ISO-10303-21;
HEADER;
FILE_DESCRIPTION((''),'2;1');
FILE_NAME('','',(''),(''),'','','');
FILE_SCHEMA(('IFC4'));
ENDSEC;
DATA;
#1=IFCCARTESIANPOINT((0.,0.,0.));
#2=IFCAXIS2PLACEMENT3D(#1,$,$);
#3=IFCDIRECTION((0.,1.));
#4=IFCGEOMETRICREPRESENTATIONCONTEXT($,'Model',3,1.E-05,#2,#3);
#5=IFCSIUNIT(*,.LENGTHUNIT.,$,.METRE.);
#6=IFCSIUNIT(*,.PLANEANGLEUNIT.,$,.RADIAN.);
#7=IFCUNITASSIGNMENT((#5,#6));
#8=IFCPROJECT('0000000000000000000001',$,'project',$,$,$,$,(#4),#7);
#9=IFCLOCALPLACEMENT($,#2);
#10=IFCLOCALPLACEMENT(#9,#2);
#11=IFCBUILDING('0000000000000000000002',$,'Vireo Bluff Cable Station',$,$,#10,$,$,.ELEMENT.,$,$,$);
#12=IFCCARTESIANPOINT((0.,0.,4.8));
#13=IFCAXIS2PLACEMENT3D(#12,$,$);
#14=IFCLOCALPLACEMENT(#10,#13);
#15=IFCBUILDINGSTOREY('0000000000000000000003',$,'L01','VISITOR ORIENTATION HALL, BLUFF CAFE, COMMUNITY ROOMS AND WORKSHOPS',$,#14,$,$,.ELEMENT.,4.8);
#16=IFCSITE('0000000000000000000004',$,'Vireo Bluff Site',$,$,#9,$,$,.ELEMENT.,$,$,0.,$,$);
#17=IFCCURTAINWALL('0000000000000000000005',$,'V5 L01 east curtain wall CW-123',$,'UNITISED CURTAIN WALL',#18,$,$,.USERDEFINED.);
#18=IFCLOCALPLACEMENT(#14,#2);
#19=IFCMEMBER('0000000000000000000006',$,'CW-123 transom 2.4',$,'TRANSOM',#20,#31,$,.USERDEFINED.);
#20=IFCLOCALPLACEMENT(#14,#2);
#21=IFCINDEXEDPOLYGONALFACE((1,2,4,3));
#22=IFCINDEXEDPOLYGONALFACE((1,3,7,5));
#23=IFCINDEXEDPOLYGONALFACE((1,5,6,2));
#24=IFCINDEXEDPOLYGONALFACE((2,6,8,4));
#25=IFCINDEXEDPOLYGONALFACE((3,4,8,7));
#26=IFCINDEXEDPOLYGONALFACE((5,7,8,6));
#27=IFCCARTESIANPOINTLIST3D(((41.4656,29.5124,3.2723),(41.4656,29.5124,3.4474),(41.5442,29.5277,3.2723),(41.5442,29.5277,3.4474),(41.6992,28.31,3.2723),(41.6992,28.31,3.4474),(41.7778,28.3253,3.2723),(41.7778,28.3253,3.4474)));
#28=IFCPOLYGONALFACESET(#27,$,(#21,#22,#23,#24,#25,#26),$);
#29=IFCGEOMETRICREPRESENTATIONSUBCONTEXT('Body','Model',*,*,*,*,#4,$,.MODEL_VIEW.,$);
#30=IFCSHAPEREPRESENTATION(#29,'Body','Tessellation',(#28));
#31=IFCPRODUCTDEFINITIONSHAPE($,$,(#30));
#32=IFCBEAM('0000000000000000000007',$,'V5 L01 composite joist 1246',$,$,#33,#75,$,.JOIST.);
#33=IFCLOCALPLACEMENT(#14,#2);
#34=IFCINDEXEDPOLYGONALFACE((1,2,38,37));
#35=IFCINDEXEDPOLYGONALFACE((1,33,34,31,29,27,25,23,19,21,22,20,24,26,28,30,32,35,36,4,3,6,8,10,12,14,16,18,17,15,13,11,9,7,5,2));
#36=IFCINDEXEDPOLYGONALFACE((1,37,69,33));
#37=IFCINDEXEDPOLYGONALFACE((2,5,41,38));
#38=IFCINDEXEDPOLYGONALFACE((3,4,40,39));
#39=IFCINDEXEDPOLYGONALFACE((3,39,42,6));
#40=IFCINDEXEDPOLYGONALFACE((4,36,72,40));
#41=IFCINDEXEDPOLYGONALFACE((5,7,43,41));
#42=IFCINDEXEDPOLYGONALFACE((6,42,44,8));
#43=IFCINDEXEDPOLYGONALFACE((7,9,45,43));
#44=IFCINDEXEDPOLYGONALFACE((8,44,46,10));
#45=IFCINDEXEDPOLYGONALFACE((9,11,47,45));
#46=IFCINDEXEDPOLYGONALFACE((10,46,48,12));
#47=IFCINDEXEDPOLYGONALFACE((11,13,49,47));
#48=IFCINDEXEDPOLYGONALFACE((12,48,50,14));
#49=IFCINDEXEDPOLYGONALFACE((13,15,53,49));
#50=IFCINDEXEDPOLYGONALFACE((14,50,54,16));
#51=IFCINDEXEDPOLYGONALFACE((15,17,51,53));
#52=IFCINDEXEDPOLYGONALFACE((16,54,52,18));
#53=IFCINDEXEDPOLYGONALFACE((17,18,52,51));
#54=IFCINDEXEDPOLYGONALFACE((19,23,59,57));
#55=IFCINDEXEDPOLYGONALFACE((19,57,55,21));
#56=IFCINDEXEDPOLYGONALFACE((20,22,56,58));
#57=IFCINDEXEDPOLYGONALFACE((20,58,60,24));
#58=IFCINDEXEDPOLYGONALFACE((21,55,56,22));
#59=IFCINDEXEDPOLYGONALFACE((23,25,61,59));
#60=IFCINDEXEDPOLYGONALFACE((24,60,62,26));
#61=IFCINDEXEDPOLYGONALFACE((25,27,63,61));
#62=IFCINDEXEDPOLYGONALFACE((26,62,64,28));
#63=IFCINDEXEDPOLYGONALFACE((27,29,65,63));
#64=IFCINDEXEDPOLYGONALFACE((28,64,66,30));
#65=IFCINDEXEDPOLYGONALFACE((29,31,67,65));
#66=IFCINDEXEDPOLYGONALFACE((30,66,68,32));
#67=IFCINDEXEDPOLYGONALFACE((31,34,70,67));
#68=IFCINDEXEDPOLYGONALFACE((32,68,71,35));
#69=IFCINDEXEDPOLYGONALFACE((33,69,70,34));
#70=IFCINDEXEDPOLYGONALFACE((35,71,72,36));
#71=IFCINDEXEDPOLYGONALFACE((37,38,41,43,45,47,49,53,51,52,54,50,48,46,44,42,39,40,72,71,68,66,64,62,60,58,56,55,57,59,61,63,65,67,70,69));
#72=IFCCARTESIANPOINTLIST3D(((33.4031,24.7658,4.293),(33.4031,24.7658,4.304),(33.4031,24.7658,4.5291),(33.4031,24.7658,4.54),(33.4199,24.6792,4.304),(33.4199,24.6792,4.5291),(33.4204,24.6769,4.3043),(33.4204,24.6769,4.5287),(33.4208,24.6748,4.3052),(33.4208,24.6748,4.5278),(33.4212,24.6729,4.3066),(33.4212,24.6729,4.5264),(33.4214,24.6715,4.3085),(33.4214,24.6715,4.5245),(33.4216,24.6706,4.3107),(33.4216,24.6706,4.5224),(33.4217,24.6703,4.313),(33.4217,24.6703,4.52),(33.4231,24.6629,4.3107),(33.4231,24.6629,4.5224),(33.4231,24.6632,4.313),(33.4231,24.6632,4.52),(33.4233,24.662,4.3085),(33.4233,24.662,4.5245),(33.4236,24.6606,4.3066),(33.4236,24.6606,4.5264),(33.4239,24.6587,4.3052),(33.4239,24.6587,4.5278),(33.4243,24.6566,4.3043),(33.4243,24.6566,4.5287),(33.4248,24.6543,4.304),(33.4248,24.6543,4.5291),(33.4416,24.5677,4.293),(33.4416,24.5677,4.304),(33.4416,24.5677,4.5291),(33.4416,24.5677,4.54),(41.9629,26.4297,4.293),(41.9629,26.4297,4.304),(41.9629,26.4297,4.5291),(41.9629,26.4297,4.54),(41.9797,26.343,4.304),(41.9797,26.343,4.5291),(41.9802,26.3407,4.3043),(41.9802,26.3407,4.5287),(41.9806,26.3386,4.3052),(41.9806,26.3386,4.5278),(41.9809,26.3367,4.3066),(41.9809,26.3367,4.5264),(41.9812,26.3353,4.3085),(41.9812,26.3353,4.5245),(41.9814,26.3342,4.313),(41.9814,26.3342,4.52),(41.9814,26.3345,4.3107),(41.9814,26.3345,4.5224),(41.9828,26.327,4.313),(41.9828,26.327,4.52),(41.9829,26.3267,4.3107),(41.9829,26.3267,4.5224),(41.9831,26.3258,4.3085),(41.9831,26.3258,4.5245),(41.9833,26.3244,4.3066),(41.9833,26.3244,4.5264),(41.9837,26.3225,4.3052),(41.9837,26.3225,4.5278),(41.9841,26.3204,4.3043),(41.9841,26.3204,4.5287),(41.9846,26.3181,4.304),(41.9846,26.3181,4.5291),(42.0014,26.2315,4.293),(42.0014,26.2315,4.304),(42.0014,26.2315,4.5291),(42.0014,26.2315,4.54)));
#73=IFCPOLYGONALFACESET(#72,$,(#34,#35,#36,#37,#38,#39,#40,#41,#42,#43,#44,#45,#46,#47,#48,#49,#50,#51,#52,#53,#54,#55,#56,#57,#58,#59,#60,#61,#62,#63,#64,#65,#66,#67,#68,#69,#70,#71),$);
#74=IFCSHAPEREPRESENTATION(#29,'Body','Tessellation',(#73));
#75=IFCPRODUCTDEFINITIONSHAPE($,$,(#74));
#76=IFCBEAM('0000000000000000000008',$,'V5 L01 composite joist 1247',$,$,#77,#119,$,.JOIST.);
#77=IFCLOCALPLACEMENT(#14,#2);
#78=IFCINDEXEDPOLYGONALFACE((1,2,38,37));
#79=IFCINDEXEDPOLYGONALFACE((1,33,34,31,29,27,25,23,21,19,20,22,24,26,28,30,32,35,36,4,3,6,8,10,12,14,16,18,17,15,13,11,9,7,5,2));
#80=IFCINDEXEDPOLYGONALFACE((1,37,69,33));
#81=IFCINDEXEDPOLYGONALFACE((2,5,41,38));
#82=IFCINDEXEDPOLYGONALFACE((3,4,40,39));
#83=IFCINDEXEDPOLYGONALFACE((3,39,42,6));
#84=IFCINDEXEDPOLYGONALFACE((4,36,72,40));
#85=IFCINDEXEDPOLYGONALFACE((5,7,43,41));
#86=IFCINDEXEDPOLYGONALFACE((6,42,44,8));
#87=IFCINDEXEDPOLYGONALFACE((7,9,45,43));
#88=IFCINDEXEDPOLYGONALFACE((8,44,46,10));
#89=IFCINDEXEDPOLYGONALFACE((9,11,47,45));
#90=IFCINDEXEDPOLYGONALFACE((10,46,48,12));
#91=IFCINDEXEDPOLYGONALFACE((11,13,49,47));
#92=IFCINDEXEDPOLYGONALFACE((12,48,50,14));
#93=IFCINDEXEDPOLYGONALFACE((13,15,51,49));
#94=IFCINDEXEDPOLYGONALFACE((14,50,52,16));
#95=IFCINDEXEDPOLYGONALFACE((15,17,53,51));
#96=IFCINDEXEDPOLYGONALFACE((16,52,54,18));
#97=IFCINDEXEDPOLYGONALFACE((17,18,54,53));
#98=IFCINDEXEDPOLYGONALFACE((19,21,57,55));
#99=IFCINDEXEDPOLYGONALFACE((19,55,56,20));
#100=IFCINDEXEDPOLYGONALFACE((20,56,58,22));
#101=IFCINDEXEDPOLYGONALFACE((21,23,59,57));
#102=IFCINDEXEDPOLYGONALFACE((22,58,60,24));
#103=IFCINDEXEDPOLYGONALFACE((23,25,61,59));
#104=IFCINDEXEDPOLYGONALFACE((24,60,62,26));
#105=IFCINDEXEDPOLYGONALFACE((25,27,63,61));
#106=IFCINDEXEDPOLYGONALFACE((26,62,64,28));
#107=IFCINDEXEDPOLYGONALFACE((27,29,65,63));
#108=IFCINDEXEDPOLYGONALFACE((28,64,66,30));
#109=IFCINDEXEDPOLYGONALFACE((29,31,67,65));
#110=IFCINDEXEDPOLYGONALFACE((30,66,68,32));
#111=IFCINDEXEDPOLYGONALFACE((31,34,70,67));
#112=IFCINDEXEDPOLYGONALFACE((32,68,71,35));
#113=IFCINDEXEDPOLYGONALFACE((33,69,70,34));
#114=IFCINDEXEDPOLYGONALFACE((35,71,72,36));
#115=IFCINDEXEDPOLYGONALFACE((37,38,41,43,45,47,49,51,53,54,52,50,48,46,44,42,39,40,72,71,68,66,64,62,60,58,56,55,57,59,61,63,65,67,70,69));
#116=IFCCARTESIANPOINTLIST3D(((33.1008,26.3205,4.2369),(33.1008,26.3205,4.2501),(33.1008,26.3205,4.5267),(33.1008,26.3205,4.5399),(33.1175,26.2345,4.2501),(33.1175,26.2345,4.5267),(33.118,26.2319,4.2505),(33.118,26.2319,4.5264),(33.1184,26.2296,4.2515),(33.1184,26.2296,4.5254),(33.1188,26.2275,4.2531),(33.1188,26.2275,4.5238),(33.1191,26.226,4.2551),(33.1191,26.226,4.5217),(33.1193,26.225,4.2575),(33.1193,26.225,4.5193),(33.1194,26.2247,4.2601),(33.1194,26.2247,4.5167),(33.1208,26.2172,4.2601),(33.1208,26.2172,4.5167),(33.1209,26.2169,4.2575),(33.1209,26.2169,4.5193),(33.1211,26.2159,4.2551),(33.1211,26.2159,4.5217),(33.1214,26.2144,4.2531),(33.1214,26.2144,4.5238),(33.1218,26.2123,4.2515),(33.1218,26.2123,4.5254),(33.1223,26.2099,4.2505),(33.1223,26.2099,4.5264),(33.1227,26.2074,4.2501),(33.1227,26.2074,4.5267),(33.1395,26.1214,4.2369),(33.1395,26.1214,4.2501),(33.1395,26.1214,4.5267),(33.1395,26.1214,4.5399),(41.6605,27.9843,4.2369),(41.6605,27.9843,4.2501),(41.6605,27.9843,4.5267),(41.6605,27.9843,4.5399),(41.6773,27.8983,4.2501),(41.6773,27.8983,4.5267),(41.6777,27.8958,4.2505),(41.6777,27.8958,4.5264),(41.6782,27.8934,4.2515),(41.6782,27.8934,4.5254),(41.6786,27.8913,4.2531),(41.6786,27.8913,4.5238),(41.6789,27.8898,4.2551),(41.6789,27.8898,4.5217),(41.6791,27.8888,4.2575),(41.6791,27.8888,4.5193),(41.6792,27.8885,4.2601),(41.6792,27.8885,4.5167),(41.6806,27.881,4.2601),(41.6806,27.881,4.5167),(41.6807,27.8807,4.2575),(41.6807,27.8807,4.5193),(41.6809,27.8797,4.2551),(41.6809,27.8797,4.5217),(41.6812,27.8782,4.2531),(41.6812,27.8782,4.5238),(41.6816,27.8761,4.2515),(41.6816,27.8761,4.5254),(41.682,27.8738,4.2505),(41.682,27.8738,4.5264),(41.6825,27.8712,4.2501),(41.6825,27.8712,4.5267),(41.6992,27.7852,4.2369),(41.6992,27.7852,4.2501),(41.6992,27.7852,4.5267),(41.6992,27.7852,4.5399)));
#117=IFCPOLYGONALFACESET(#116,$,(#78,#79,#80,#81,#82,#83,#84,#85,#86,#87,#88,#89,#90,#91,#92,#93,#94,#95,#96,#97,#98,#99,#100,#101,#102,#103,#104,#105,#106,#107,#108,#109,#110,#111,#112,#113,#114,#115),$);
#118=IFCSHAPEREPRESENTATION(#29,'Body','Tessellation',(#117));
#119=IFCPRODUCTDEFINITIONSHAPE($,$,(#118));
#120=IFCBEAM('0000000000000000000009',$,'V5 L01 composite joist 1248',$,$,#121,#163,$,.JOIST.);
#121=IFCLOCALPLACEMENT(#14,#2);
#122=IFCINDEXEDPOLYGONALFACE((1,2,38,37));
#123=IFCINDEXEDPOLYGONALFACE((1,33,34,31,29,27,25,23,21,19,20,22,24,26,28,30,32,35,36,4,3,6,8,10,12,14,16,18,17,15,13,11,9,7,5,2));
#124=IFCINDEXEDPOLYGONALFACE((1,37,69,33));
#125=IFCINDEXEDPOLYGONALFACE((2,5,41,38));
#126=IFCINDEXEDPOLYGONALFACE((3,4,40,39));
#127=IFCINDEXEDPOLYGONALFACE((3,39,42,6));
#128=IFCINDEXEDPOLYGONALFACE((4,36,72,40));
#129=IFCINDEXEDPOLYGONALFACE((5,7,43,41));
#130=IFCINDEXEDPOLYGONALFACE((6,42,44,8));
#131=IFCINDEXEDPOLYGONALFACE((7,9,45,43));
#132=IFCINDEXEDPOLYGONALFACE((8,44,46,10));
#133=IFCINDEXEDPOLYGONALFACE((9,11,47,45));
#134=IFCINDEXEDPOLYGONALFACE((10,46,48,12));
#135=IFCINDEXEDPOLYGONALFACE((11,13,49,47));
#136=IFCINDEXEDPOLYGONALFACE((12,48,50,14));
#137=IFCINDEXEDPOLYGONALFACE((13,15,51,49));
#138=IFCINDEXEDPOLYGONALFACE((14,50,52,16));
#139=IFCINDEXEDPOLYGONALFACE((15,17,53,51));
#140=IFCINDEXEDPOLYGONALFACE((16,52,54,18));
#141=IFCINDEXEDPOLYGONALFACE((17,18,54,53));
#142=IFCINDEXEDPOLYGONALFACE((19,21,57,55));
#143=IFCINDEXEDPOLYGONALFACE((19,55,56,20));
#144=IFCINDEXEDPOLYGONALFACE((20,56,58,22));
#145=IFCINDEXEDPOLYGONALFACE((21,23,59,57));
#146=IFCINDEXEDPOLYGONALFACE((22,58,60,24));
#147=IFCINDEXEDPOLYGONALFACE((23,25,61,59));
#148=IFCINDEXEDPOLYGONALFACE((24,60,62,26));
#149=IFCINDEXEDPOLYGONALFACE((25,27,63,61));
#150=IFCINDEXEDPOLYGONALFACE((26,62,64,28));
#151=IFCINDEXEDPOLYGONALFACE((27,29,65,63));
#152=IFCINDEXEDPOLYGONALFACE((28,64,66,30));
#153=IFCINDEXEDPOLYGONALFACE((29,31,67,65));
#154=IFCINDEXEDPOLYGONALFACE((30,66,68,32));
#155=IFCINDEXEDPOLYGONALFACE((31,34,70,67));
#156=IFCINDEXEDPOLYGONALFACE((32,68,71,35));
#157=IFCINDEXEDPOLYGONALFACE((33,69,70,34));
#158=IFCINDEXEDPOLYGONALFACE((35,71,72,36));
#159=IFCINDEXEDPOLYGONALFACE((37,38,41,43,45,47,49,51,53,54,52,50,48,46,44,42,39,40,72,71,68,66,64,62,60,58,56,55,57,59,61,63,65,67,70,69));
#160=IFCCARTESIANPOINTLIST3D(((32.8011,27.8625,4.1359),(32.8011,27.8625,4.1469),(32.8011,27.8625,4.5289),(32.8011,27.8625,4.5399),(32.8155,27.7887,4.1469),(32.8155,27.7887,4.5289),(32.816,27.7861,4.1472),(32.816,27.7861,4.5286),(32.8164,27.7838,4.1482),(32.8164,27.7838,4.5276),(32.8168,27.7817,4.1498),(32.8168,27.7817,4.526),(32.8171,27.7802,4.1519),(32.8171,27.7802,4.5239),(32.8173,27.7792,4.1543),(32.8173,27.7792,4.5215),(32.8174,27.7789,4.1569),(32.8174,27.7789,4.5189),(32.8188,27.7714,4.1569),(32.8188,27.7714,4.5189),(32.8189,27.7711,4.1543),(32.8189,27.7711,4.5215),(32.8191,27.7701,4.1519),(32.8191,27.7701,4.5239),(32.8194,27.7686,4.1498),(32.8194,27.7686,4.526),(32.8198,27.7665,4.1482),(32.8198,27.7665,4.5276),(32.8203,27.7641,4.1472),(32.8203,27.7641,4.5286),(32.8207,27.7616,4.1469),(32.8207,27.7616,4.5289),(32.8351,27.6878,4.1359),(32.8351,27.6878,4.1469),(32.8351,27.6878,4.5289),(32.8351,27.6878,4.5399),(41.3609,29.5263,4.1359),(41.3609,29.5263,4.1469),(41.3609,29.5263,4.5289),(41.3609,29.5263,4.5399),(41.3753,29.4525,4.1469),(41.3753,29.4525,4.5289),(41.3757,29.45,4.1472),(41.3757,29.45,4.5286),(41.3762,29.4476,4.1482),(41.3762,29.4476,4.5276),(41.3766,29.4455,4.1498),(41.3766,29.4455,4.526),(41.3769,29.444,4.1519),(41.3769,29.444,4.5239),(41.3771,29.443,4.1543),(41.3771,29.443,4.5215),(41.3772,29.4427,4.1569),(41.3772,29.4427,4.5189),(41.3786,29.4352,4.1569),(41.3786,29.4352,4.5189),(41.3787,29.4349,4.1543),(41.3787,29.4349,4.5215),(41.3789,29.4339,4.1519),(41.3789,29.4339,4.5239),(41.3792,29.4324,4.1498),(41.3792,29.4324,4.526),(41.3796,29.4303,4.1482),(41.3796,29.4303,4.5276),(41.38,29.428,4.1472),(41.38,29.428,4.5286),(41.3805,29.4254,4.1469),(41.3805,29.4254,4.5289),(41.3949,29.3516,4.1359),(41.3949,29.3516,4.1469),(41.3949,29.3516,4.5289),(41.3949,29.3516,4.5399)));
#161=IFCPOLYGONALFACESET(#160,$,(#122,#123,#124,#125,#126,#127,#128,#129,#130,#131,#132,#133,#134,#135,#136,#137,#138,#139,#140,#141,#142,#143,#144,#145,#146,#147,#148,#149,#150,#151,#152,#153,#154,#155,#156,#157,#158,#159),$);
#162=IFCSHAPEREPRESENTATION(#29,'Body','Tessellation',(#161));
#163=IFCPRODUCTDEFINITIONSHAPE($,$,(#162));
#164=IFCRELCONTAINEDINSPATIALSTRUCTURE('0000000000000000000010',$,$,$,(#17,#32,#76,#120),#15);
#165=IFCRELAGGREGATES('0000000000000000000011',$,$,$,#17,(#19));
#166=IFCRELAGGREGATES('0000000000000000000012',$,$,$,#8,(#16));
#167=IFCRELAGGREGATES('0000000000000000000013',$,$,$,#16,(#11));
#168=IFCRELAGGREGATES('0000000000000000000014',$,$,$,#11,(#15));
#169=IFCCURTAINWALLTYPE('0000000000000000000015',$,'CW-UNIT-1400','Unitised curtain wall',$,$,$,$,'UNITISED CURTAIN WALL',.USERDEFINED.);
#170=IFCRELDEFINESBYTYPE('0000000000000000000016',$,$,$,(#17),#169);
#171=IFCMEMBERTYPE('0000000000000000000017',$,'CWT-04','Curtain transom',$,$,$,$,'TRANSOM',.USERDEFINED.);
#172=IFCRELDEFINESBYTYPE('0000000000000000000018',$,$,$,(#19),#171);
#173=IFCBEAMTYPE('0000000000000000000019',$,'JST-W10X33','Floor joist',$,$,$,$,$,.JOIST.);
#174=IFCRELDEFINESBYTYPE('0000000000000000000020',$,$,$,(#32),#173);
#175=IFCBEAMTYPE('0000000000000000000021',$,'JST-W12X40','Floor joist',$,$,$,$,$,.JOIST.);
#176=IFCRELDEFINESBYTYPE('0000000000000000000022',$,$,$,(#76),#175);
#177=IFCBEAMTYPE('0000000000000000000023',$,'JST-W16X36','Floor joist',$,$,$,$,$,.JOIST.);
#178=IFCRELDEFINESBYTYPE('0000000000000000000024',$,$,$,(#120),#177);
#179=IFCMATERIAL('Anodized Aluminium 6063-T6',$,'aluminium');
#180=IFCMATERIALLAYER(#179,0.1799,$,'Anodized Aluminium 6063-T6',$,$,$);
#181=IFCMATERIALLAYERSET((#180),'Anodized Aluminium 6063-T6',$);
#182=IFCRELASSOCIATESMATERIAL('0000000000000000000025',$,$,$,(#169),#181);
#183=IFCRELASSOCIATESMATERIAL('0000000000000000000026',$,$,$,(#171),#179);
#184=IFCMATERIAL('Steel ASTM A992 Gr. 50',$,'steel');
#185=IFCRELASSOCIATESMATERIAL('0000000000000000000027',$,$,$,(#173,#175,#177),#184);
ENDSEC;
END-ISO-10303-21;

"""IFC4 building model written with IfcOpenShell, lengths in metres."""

from ifc_helpers import new_model, si_unit, direction, frame, origin, origin_2d, place, context, subcontext, project, spatial, rectangle, i_section, extrude, material, layer, layer_set, material_profile, profile_set, type_object, element, aggregate, save


model = new_model("IFC4")

# Units and contexts
model_context = context("Model", 3, precision=1e-05, world=origin(), true_north=direction((0.0, 1.0)))
body_context = subcontext(model_context, "Body", "Model", "MODEL_VIEW")
ifc_project = project(units=[si_unit("LENGTHUNIT", "METRE"), si_unit("PLANEANGLEUNIT", "RADIAN")], contexts=[model_context])

# Site, building, storey
site_placement = place(None, origin())
site = spatial("IfcSite", under=ifc_project, at=site_placement, Name="Vireo Bluff Site", CompositionType="ELEMENT", RefElevation=0.0)
building_placement = place(site_placement, origin())
building = spatial("IfcBuilding", under=site, at=building_placement, Name="Vireo Bluff Cable Station", CompositionType="ELEMENT")
storey_placement = place(building_placement, frame((0.0, 0.0, 4.8)))
storey = spatial("IfcBuildingStorey", under=building, at=storey_placement, Name="L01", Description="VISITOR ORIENTATION HALL, BLUFF CAFE, COMMUNITY ROOMS AND WORKSHOPS", CompositionType="ELEMENT", Elevation=4.8)

# Shared definitions
ifc_material_1 = material(Name="Steel ASTM A992 Gr. 50", Category="steel")

# Curtain wall, member
ifc_material_2 = material(Name="Anodized Aluminium 6063-T6", Category="aluminium")
ifc_layer_1 = layer(ifc_material_2, 0.1799, Name="Anodized Aluminium 6063-T6")
ifc_layer_set_1 = layer_set([ifc_layer_1], Name="Anodized Aluminium 6063-T6")
curtain_wall_type = type_object("IfcCurtainWallType", Name="CW-UNIT-1400", Description="Unitised curtain wall", ElementType="UNITISED CURTAIN WALL", PredefinedType="USERDEFINED", material=ifc_layer_set_1)
curtain_wall_placement = place(storey_placement, origin())
curtain_wall = element("IfcCurtainWall", 1, at=curtain_wall_placement, inside=storey, type_object=curtain_wall_type, Name="V5 L01 east curtain wall CW-123", ObjectType="UNITISED CURTAIN WALL", PredefinedType="USERDEFINED")
ifc_material_profile_1 = material_profile(ifc_material_2, rectangle(XDim=0.0801, YDim=0.175, at=origin_2d()), Name="ALU-T-80X175")
ifc_profile_set_1 = profile_set([ifc_material_profile_1], Name="Anodized Aluminium 6063-T6")
member_type_1 = type_object("IfcMemberType", Name="CWT-04", Description="Curtain transom", ElementType="TRANSOM", PredefinedType="USERDEFINED", material=ifc_profile_set_1)
member_1_placement = place(storey_placement, frame((41.5049, 29.52, 3.3599), z_axis=(0.190747, -0.981639, 0.0), x_axis=(0.981639, 0.190747, 0.0)))
member_1 = element("IfcMember", 2, at=member_1_placement, type_object=member_type_1, Name="CW-123 transom 2.4", ObjectType="TRANSOM", PredefinedType="USERDEFINED", context=body_context, shape_type="SweptSolid", body=[
    extrude(rectangle(XDim=0.0801, YDim=0.175, at=origin_2d()), origin(), (0.0, 0.0, 1.0), 1.2249),
])

# Beams
ifc_material_profile_2 = material_profile(ifc_material_1, i_section(OverallWidth=0.2019, OverallDepth=0.2471, WebThickness=0.0073, FlangeThickness=0.011, FilletRadius=0.009, at=origin_2d()), Name="W10X33")
ifc_profile_set_2 = profile_set([ifc_material_profile_2], Name="Steel ASTM A992 Gr. 50")
beam_type_1 = type_object("IfcBeamType", Name="JST-W10X33", Description="Floor joist", PredefinedType="JOIST", material=ifc_profile_set_2)
beam_1_placement = place(storey_placement, frame((33.4224, 24.6667, 4.4165), z_axis=(0.981628, 0.190804, 0.0), x_axis=(-0.190804, 0.981628, 0.0)))
element("IfcBeam", 3, at=beam_1_placement, inside=storey, type_object=beam_type_1, Name="V5 L01 composite joist 1246", PredefinedType="JOIST", context=body_context, shape_type="SweptSolid", body=[
    extrude(i_section(OverallWidth=0.2019, OverallDepth=0.2471, WebThickness=0.0073, FlangeThickness=0.011, FilletRadius=0.009, at=origin_2d()), origin(), (0.0, 0.0, 1.0), 8.72),
])
ifc_material_profile_3 = material_profile(ifc_material_1, i_section(OverallWidth=0.2029, OverallDepth=0.303, WebThickness=0.0076, FlangeThickness=0.0132, FilletRadius=0.01, at=origin_2d()), Name="W12X40")
ifc_profile_set_3 = profile_set([ifc_material_profile_3], Name="Steel ASTM A992 Gr. 50")
beam_type_2 = type_object("IfcBeamType", Name="JST-W12X40", Description="Floor joist", PredefinedType="JOIST", material=ifc_profile_set_3)
beam_2_placement = place(storey_placement, frame((33.1201, 26.2209, 4.3884), z_axis=(0.981628, 0.190804, 0.0), x_axis=(-0.190804, 0.981628, 0.0)))
element("IfcBeam", 4, at=beam_2_placement, inside=storey, type_object=beam_type_2, Name="V5 L01 composite joist 1247", PredefinedType="JOIST", context=body_context, shape_type="SweptSolid", body=[
    extrude(i_section(OverallWidth=0.2029, OverallDepth=0.303, WebThickness=0.0076, FlangeThickness=0.0132, FilletRadius=0.01, at=origin_2d()), origin(), (0.0, 0.0, 1.0), 8.72),
])
ifc_material_profile_4 = material_profile(ifc_material_1, i_section(OverallWidth=0.178, OverallDepth=0.4041, WebThickness=0.0076, FlangeThickness=0.011, FilletRadius=0.01, at=origin_2d()), Name="W16X36")
ifc_profile_set_4 = profile_set([ifc_material_profile_4], Name="Steel ASTM A992 Gr. 50")
beam_type_3 = type_object("IfcBeamType", Name="JST-W16X36", Description="Floor joist", PredefinedType="JOIST", material=ifc_profile_set_4)
beam_3_placement = place(storey_placement, frame((32.8181, 27.7751, 4.3379), z_axis=(0.981628, 0.190804, 0.0), x_axis=(-0.190804, 0.981628, 0.0)))
element("IfcBeam", 5, at=beam_3_placement, inside=storey, type_object=beam_type_3, Name="V5 L01 composite joist 1248", PredefinedType="JOIST", context=body_context, shape_type="SweptSolid", body=[
    extrude(i_section(OverallWidth=0.178, OverallDepth=0.4041, WebThickness=0.0076, FlangeThickness=0.011, FilletRadius=0.01, at=origin_2d()), origin(), (0.0, 0.0, 1.0), 8.72),
])

aggregate(curtain_wall, [member_1])

save(model, "model.ifc")
